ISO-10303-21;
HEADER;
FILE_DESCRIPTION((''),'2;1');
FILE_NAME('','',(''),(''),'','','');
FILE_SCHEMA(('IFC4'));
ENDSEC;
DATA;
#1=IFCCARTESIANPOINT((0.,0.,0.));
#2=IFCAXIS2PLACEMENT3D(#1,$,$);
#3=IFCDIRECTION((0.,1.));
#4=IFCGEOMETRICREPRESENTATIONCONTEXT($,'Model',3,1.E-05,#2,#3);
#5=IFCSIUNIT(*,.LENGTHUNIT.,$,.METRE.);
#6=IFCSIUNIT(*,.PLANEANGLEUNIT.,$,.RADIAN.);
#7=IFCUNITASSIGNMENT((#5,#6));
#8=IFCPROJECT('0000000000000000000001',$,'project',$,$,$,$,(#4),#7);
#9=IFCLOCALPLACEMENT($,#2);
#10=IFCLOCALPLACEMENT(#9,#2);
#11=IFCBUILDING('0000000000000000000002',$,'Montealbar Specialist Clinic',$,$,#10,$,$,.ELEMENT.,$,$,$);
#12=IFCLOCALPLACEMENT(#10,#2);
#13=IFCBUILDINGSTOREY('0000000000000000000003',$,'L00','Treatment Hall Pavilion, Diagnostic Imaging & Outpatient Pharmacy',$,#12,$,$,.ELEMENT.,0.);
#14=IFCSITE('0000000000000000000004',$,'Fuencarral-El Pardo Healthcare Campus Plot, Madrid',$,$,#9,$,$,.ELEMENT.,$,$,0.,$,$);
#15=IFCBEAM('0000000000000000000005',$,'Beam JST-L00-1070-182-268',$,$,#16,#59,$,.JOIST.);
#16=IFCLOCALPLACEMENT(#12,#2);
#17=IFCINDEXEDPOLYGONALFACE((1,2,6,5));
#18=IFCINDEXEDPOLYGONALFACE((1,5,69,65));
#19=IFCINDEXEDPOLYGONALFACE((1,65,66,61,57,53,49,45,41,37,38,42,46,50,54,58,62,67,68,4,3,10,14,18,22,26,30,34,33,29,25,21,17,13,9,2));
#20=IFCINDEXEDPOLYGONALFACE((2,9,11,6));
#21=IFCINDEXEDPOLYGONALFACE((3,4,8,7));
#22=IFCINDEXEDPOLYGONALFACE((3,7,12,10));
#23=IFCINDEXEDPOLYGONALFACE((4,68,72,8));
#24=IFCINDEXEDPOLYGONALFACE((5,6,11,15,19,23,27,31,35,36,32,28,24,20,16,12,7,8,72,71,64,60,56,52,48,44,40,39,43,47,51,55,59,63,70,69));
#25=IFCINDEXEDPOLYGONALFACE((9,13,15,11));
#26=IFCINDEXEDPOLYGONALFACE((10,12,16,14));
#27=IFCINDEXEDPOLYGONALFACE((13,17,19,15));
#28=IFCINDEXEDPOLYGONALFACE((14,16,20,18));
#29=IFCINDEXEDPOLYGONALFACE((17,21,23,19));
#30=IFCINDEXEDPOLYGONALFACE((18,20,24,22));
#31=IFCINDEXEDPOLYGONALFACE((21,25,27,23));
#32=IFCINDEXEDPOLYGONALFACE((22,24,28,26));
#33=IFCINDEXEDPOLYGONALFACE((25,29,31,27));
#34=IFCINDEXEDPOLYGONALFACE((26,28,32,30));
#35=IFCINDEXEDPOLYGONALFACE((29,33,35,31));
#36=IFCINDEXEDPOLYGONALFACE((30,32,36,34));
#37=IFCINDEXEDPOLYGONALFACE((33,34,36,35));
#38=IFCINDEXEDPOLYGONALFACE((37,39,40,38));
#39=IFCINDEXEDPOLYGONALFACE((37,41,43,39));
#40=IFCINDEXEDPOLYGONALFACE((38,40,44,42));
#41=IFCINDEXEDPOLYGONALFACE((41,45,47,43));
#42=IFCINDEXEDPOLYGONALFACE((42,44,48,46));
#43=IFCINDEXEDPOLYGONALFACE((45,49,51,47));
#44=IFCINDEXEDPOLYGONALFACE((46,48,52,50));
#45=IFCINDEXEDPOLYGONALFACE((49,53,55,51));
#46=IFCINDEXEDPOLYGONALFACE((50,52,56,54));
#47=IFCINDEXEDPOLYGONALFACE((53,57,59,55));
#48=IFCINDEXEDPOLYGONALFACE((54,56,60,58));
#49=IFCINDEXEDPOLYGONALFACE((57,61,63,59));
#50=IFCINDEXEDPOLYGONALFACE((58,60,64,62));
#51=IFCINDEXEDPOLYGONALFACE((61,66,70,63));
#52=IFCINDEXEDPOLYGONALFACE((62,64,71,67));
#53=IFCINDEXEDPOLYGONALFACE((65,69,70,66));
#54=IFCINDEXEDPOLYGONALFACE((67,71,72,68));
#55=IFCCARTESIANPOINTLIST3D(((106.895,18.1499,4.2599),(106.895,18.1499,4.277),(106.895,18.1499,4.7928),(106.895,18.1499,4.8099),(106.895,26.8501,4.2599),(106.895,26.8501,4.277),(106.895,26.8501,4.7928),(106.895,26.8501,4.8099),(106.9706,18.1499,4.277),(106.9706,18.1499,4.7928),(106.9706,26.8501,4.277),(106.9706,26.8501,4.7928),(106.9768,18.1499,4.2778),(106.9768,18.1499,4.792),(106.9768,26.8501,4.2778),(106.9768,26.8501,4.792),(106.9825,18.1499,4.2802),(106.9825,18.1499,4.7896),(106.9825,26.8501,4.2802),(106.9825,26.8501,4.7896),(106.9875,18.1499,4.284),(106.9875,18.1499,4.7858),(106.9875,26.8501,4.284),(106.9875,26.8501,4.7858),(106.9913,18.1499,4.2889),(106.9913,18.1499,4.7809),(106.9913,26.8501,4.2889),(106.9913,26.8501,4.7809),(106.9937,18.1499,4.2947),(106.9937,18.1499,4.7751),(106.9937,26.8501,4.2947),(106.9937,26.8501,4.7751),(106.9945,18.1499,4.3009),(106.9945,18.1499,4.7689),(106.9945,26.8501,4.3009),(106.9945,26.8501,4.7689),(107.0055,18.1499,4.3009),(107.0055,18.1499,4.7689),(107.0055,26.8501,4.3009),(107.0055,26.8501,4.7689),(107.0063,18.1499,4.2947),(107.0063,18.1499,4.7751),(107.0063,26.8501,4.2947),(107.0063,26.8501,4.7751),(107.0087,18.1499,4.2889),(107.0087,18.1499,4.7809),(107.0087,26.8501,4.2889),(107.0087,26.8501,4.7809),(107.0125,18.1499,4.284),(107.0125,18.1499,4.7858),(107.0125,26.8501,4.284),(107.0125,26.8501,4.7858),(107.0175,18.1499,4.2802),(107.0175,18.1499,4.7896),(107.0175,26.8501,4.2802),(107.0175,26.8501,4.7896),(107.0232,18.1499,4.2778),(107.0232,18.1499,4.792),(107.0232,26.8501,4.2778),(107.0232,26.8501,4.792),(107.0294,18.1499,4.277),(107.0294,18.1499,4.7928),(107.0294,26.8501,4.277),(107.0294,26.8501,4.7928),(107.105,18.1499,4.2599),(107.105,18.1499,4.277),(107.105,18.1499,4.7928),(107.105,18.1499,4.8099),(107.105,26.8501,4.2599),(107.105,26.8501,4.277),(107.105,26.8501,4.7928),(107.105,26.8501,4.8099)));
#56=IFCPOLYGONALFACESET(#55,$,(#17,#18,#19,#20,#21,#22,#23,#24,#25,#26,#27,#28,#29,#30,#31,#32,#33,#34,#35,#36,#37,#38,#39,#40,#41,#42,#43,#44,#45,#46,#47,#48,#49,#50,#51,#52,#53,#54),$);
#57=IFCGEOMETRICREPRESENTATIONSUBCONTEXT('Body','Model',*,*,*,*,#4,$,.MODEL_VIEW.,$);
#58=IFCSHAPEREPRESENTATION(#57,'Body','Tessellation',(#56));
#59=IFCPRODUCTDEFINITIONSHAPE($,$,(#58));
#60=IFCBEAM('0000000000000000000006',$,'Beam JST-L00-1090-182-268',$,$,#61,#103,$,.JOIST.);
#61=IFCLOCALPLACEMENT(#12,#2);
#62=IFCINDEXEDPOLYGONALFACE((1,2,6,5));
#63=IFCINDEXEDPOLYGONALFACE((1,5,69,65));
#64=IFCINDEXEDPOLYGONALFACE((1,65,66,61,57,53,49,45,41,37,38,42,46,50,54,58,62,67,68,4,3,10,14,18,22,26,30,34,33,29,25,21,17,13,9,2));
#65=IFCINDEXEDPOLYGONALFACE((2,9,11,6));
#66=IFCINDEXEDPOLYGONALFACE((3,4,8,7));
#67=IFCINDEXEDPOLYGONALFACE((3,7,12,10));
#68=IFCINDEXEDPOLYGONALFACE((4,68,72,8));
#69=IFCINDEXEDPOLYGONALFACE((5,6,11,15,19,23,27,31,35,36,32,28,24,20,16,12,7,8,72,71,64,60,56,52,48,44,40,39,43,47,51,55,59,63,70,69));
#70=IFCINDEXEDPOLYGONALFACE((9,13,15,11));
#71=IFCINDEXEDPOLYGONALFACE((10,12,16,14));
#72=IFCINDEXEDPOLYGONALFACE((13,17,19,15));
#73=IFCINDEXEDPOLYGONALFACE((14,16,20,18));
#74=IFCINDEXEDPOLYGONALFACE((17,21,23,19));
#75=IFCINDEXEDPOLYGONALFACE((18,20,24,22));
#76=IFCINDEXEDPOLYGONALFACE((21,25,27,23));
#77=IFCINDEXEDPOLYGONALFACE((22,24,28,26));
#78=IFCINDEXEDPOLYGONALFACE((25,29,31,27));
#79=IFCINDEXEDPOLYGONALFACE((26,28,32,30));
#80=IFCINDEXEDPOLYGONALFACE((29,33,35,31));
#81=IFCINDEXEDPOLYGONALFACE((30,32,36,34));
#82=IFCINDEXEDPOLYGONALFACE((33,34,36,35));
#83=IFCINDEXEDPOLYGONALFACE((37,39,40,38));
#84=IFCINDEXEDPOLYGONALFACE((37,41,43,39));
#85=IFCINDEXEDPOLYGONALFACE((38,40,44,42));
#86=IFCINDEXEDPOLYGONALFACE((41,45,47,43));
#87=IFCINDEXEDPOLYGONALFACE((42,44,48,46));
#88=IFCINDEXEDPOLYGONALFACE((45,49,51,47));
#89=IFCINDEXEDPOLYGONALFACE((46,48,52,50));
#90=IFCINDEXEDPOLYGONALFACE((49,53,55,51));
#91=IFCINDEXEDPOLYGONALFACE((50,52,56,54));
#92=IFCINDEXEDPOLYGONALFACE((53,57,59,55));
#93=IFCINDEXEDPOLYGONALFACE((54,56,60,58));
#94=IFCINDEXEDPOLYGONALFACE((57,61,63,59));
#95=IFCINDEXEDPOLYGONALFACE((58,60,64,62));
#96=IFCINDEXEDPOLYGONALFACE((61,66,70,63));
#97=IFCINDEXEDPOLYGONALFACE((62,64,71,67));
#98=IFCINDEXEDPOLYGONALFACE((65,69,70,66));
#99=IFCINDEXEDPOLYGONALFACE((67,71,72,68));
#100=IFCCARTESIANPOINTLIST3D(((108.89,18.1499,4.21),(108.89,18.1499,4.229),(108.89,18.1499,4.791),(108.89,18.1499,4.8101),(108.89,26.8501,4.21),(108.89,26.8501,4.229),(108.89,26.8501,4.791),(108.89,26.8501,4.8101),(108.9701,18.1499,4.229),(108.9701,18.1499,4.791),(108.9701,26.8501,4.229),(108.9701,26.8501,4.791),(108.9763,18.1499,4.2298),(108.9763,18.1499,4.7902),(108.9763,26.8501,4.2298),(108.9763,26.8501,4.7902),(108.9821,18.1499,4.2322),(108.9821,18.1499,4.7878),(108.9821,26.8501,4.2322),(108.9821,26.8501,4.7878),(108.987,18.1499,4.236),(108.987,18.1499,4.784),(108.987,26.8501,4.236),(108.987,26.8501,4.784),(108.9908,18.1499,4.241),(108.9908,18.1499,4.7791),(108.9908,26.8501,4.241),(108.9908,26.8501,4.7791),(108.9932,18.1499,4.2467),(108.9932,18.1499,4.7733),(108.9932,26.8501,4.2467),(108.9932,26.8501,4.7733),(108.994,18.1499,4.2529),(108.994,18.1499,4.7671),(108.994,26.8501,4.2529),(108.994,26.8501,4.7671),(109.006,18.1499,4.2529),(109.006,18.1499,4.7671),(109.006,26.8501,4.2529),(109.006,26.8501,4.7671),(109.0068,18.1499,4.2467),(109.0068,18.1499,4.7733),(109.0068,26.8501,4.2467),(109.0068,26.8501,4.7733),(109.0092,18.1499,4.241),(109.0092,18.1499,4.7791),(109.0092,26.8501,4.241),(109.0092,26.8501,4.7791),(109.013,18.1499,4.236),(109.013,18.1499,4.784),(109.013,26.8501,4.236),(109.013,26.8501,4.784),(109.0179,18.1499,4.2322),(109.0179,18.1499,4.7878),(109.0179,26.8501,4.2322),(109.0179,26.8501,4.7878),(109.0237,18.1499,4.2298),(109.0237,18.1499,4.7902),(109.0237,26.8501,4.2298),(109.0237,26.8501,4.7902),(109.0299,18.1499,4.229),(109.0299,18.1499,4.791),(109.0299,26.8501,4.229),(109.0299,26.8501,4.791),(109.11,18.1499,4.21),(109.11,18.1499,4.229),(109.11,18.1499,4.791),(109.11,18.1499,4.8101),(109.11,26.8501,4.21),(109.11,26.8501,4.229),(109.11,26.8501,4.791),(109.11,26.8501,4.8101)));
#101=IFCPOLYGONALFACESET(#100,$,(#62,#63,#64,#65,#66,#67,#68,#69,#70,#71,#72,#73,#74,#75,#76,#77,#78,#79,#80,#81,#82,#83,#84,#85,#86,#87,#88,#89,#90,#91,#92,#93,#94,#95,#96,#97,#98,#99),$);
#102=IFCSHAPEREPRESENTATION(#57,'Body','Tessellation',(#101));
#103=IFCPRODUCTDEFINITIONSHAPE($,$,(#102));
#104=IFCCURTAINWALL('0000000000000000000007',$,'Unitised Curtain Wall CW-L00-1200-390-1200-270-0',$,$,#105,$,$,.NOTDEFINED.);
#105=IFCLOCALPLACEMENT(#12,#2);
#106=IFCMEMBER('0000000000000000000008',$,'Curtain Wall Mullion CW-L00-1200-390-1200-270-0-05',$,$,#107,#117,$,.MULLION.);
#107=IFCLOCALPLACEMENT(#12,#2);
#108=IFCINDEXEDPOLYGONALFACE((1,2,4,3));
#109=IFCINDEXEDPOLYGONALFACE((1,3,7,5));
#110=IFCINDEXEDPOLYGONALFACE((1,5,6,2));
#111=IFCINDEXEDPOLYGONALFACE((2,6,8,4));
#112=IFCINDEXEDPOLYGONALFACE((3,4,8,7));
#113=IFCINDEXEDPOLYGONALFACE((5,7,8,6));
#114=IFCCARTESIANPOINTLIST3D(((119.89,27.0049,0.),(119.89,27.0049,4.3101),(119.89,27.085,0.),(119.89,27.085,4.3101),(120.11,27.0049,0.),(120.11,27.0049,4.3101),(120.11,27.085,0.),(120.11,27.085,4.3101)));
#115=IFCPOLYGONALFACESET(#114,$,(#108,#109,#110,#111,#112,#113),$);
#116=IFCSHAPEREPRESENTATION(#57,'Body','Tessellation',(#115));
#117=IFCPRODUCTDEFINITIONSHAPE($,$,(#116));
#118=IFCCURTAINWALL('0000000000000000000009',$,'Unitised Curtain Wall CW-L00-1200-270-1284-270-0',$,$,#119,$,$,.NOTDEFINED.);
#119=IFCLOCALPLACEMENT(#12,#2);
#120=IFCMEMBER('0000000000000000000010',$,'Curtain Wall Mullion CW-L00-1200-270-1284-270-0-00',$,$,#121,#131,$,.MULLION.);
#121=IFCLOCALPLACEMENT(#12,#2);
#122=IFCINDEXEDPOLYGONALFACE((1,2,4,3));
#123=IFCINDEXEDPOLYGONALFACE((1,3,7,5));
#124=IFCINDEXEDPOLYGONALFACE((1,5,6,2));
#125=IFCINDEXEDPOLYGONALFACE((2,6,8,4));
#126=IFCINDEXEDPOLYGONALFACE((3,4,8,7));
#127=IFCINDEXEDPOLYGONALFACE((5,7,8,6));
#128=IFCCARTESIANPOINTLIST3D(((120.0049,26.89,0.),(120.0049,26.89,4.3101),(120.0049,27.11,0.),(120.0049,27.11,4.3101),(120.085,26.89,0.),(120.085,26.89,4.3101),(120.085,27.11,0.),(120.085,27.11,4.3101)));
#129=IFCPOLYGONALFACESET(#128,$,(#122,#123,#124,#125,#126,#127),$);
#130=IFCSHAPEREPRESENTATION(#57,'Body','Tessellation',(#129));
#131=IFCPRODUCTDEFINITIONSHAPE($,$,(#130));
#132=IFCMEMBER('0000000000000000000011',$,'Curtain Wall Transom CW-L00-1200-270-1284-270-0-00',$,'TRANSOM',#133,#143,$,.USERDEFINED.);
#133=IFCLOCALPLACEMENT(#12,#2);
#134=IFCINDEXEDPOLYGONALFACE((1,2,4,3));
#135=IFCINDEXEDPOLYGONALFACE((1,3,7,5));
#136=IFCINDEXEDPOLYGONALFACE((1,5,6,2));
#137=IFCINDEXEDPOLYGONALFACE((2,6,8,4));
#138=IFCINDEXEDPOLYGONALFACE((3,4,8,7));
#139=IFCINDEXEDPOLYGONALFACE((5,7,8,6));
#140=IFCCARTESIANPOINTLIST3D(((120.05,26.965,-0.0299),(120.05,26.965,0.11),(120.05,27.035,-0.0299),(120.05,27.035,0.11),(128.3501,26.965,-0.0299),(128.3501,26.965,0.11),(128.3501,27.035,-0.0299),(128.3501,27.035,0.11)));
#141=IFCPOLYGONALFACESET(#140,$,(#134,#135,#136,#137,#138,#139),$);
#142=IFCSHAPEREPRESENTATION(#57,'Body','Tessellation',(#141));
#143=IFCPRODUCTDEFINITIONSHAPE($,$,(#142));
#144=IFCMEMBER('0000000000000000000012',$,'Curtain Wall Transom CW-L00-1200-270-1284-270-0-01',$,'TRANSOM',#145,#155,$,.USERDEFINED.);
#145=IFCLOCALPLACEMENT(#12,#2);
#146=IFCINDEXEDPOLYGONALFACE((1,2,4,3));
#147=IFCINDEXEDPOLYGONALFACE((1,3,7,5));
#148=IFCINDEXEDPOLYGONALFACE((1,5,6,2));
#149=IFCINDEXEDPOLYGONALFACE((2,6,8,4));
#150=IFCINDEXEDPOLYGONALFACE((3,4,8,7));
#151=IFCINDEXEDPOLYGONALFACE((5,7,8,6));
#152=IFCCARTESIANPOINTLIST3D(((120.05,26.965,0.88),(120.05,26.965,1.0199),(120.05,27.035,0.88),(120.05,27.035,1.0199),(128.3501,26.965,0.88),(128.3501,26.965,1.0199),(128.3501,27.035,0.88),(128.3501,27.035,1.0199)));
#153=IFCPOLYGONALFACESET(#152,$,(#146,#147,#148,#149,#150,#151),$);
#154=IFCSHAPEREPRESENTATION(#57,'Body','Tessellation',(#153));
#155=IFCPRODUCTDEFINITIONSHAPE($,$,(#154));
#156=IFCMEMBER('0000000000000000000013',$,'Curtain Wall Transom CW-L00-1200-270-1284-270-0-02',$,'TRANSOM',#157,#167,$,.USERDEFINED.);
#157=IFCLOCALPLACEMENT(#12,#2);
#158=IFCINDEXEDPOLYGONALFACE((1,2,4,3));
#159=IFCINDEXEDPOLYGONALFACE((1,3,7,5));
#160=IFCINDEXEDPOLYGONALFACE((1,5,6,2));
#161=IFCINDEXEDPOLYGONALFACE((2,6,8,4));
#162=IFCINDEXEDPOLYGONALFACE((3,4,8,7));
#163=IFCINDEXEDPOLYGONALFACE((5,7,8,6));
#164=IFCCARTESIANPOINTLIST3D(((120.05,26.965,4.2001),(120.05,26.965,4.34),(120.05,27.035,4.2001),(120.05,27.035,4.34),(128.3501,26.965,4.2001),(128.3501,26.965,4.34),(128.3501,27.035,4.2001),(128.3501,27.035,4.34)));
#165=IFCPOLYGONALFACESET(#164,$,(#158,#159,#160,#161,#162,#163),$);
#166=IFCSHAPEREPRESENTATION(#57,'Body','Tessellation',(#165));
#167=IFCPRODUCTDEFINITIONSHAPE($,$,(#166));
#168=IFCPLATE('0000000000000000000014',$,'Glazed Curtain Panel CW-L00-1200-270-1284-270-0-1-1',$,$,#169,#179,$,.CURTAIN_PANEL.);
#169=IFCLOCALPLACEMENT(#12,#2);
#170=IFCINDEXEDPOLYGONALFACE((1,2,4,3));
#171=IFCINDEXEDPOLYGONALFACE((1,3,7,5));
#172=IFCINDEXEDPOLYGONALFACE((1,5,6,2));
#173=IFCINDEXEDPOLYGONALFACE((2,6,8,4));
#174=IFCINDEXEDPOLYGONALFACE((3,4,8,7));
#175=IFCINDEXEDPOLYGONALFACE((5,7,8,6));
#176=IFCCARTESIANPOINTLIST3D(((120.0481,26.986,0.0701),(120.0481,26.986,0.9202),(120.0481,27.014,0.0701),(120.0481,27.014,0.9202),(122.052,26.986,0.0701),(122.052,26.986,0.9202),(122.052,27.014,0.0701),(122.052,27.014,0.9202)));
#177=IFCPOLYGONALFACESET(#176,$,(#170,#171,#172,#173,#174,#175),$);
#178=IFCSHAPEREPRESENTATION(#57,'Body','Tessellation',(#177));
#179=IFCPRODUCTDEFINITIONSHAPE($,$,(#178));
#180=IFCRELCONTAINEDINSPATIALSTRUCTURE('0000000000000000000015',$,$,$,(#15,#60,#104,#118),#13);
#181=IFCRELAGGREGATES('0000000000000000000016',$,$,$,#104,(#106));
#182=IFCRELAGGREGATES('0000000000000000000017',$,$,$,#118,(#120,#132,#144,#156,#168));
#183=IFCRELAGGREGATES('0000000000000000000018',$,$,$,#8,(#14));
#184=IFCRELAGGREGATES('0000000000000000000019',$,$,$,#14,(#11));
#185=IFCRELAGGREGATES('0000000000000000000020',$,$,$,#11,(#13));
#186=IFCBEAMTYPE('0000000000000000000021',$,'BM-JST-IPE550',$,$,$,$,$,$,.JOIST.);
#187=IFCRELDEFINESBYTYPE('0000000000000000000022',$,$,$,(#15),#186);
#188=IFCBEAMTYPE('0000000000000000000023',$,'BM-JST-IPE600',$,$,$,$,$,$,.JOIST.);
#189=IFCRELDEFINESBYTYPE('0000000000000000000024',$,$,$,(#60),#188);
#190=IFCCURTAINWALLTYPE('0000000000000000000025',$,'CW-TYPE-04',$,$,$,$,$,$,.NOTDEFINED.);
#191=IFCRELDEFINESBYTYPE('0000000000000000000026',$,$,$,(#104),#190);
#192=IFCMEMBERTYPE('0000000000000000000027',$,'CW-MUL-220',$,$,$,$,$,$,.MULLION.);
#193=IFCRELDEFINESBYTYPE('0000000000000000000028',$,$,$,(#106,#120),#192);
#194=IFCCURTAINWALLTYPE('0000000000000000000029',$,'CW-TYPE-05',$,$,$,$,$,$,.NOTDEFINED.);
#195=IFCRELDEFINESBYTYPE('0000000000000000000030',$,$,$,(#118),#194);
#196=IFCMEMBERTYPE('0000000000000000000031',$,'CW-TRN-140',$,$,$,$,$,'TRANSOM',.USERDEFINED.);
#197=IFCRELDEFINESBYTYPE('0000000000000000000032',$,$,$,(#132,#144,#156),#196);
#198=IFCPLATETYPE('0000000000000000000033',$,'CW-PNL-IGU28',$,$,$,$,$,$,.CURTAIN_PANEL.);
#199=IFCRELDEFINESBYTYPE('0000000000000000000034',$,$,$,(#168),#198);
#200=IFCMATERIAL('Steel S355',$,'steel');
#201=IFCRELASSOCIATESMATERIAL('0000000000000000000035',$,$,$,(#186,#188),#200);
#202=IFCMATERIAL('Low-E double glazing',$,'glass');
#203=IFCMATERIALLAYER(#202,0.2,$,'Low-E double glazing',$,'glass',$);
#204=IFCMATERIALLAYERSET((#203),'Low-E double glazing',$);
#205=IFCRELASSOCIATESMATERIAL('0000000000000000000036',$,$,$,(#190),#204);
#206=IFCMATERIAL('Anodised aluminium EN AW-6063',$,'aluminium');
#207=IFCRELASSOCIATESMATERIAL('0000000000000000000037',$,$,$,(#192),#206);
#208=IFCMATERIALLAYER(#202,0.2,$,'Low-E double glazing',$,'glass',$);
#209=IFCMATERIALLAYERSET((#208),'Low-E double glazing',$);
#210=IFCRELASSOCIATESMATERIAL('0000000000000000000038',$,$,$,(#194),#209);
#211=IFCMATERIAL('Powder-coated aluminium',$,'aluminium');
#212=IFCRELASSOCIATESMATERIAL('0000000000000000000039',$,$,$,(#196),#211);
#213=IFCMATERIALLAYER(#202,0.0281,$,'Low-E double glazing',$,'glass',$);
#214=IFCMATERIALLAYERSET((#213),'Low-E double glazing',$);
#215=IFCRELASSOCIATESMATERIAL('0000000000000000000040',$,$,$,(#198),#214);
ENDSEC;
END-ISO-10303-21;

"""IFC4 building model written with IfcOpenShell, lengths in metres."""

from ifc_helpers import new_model, si_unit, direction, frame, origin, origin_2d, place, context, subcontext, project, spatial, rectangle, i_section, extrude, material, layer, layer_set, material_profile, profile_set, type_object, element, aggregate, save


model = new_model("IFC4")

# Units and contexts
model_context = context("Model", 3, precision=1e-05, world=origin(), true_north=direction((0.0, 1.0)))
body_context = subcontext(model_context, "Body", "Model", "MODEL_VIEW")
ifc_project = project(units=[si_unit("LENGTHUNIT", "METRE"), si_unit("PLANEANGLEUNIT", "RADIAN")], contexts=[model_context])

# Site, building, storey
site_placement = place(None, origin())
site = spatial("IfcSite", under=ifc_project, at=site_placement, Name="Fuencarral-El Pardo Healthcare Campus Plot, Madrid", CompositionType="ELEMENT", RefElevation=0.0)
building_placement = place(site_placement, origin())
building = spatial("IfcBuilding", under=site, at=building_placement, Name="Montealbar Specialist Clinic", CompositionType="ELEMENT")
storey_placement = place(building_placement, origin())
storey = spatial("IfcBuildingStorey", under=building, at=storey_placement, Name="L00", Description="Treatment Hall Pavilion, Diagnostic Imaging & Outpatient Pharmacy", CompositionType="ELEMENT", Elevation=0.0)

# Shared definitions
ifc_material_1 = material(Name="Steel S355", Category="steel")

# Beams
ifc_material_profile_1 = material_profile(ifc_material_1, i_section(OverallWidth=0.21, OverallDepth=0.55, WebThickness=0.011, FlangeThickness=0.0171, FilletRadius=0.0239, at=origin_2d()), Name="IPE 550", Category="steel")
ifc_profile_set_1 = profile_set([ifc_material_profile_1], Name="Steel S355")
beam_type_1 = type_object("IfcBeamType", Name="BM-JST-IPE550", PredefinedType="JOIST", material=ifc_profile_set_1)
beam_1_placement = place(storey_placement, frame((107.0, 18.1499, 4.5349), z_axis=(0.0, 1.0, 0.0), x_axis=(-1.0, 0.0, 0.0)))
element("IfcBeam", 1, at=beam_1_placement, inside=storey, type_object=beam_type_1, Name="Beam JST-L00-1070-182-268", PredefinedType="JOIST", context=body_context, shape_type="SweptSolid", body=[
    extrude(i_section(OverallWidth=0.21, OverallDepth=0.55, WebThickness=0.011, FlangeThickness=0.0171, FilletRadius=0.0239, at=origin_2d()), origin(), (0.0, 0.0, 1.0), 8.7002),
])
ifc_material_profile_2 = material_profile(ifc_material_1, i_section(OverallWidth=0.22, OverallDepth=0.6001, WebThickness=0.012, FlangeThickness=0.019, FilletRadius=0.0239, at=origin_2d()), Name="IPE 600", Category="steel")
ifc_profile_set_2 = profile_set([ifc_material_profile_2], Name="Steel S355")
beam_type_2 = type_object("IfcBeamType", Name="BM-JST-IPE600", PredefinedType="JOIST", material=ifc_profile_set_2)
beam_2_placement = place(storey_placement, frame((109.0, 18.1499, 4.51), z_axis=(0.0, 1.0, 0.0), x_axis=(-1.0, 0.0, 0.0)))
element("IfcBeam", 2, at=beam_2_placement, inside=storey, type_object=beam_type_2, Name="Beam JST-L00-1090-182-268", PredefinedType="JOIST", context=body_context, shape_type="SweptSolid", body=[
    extrude(i_section(OverallWidth=0.22, OverallDepth=0.6001, WebThickness=0.012, FlangeThickness=0.019, FilletRadius=0.0239, at=origin_2d()), origin(), (0.0, 0.0, 1.0), 8.7002),
])

# Curtain wall, member
ifc_material_2 = material(Name="Low-E double glazing", Category="glass")
ifc_layer_1 = layer(ifc_material_2, 0.2, Name="Low-E double glazing", Category="glass")
ifc_layer_set_1 = layer_set([ifc_layer_1], Name="Low-E double glazing")
curtain_wall_type_1 = type_object("IfcCurtainWallType", Name="CW-TYPE-04", PredefinedType="NOTDEFINED", material=ifc_layer_set_1)
curtain_wall_1_placement = place(storey_placement, origin())
curtain_wall_1 = element("IfcCurtainWall", 3, at=curtain_wall_1_placement, inside=storey, type_object=curtain_wall_type_1, Name="Unitised Curtain Wall CW-L00-1200-390-1200-270-0", PredefinedType="NOTDEFINED")
ifc_material_3 = material(Name="Anodised aluminium EN AW-6063", Category="aluminium")
ifc_material_profile_3 = material_profile(ifc_material_3, rectangle(XDim=0.0801, YDim=0.22, at=origin_2d()), Name="ALU 80x220", Category="aluminium")
ifc_profile_set_3 = profile_set([ifc_material_profile_3], Name="Anodised aluminium EN AW-6063")
member_type_1 = type_object("IfcMemberType", Name="CW-MUL-220", PredefinedType="MULLION", material=ifc_profile_set_3)
member_1_placement = place(storey_placement, frame((120.0, 27.0449, 0.0), z_axis=(0.0, 0.0, 1.0), x_axis=(0.0, -1.0, 0.0)))
member_1 = element("IfcMember", 4, at=member_1_placement, type_object=member_type_1, Name="Curtain Wall Mullion CW-L00-1200-390-1200-270-0-05", PredefinedType="MULLION", context=body_context, shape_type="SweptSolid", body=[
    extrude(rectangle(XDim=0.0801, YDim=0.22, at=origin_2d()), origin(), (0.0, 0.0, 1.0), 4.3101),
])
aggregate(curtain_wall_1, [member_1])

# Curtain wall, members, plate
ifc_layer_2 = layer(ifc_material_2, 0.2, Name="Low-E double glazing", Category="glass")
ifc_layer_set_2 = layer_set([ifc_layer_2], Name="Low-E double glazing")
curtain_wall_type_2 = type_object("IfcCurtainWallType", Name="CW-TYPE-05", PredefinedType="NOTDEFINED", material=ifc_layer_set_2)
curtain_wall_2_placement = place(storey_placement, origin())
curtain_wall_2 = element("IfcCurtainWall", 5, at=curtain_wall_2_placement, inside=storey, type_object=curtain_wall_type_2, Name="Unitised Curtain Wall CW-L00-1200-270-1284-270-0", PredefinedType="NOTDEFINED")
member_2_placement = place(storey_placement, frame((120.0449, 27.0, 0.0), z_axis=(0.0, 0.0, 1.0), x_axis=(1.0, 0.0, 0.0)))
member_2 = element("IfcMember", 6, at=member_2_placement, type_object=member_type_1, Name="Curtain Wall Mullion CW-L00-1200-270-1284-270-0-00", PredefinedType="MULLION", context=body_context, shape_type="SweptSolid", body=[
    extrude(rectangle(XDim=0.0801, YDim=0.22, at=origin_2d()), origin(), (0.0, 0.0, 1.0), 4.3101),
])
ifc_material_4 = material(Name="Powder-coated aluminium", Category="aluminium")
ifc_material_profile_4 = material_profile(ifc_material_4, rectangle(XDim=0.0701, YDim=0.1399, at=origin_2d()), Name="ALU 70x140", Category="aluminium")
ifc_profile_set_4 = profile_set([ifc_material_profile_4], Name="Powder-coated aluminium")
member_type_2 = type_object("IfcMemberType", Name="CW-TRN-140", ElementType="TRANSOM", PredefinedType="USERDEFINED", material=ifc_profile_set_4)
member_3_placement = place(storey_placement, frame((120.05, 27.0, 0.04), z_axis=(1.0, 0.0, 0.0), x_axis=(0.0, 1.0, 0.0)))
member_3 = element("IfcMember", 7, at=member_3_placement, type_object=member_type_2, Name="Curtain Wall Transom CW-L00-1200-270-1284-270-0-00", ObjectType="TRANSOM", PredefinedType="USERDEFINED", context=body_context, shape_type="SweptSolid", body=[
    extrude(rectangle(XDim=0.0701, YDim=0.1399, at=origin_2d()), origin(), (0.0, 0.0, 1.0), 8.3),
])
member_4_placement = place(storey_placement, frame((120.05, 27.0, 0.95), z_axis=(1.0, 0.0, 0.0), x_axis=(0.0, 1.0, 0.0)))
member_4 = element("IfcMember", 8, at=member_4_placement, type_object=member_type_2, Name="Curtain Wall Transom CW-L00-1200-270-1284-270-0-01", ObjectType="TRANSOM", PredefinedType="USERDEFINED", context=body_context, shape_type="SweptSolid", body=[
    extrude(rectangle(XDim=0.0701, YDim=0.1399, at=origin_2d()), origin(), (0.0, 0.0, 1.0), 8.3),
])
member_5_placement = place(storey_placement, frame((120.05, 27.0, 4.27), z_axis=(1.0, 0.0, 0.0), x_axis=(0.0, 1.0, 0.0)))
member_5 = element("IfcMember", 9, at=member_5_placement, type_object=member_type_2, Name="Curtain Wall Transom CW-L00-1200-270-1284-270-0-02", ObjectType="TRANSOM", PredefinedType="USERDEFINED", context=body_context, shape_type="SweptSolid", body=[
    extrude(rectangle(XDim=0.0701, YDim=0.1399, at=origin_2d()), origin(), (0.0, 0.0, 1.0), 8.3),
])
ifc_layer_3 = layer(ifc_material_2, 0.0281, Name="Low-E double glazing", Category="glass")
ifc_layer_set_3 = layer_set([ifc_layer_3], Name="Low-E double glazing")
plate_type = type_object("IfcPlateType", Name="CW-PNL-IGU28", PredefinedType="CURTAIN_PANEL", material=ifc_layer_set_3)
plate_1_placement = place(storey_placement, frame((121.05, 27.0, 0.0701), z_axis=(0.0, 0.0, 1.0), x_axis=(1.0, 0.0, 0.0)))
plate_1 = element("IfcPlate", 10, at=plate_1_placement, type_object=plate_type, Name="Glazed Curtain Panel CW-L00-1200-270-1284-270-0-1-1", PredefinedType="CURTAIN_PANEL", context=body_context, shape_type="SweptSolid", body=[
    extrude(rectangle(XDim=2.0039, YDim=0.0281, at=origin_2d()), origin(), (0.0, 0.0, 1.0), 0.8501),
])
aggregate(curtain_wall_2, [member_2, member_3, member_4, member_5, plate_1])

save(model, "model.ifc")
